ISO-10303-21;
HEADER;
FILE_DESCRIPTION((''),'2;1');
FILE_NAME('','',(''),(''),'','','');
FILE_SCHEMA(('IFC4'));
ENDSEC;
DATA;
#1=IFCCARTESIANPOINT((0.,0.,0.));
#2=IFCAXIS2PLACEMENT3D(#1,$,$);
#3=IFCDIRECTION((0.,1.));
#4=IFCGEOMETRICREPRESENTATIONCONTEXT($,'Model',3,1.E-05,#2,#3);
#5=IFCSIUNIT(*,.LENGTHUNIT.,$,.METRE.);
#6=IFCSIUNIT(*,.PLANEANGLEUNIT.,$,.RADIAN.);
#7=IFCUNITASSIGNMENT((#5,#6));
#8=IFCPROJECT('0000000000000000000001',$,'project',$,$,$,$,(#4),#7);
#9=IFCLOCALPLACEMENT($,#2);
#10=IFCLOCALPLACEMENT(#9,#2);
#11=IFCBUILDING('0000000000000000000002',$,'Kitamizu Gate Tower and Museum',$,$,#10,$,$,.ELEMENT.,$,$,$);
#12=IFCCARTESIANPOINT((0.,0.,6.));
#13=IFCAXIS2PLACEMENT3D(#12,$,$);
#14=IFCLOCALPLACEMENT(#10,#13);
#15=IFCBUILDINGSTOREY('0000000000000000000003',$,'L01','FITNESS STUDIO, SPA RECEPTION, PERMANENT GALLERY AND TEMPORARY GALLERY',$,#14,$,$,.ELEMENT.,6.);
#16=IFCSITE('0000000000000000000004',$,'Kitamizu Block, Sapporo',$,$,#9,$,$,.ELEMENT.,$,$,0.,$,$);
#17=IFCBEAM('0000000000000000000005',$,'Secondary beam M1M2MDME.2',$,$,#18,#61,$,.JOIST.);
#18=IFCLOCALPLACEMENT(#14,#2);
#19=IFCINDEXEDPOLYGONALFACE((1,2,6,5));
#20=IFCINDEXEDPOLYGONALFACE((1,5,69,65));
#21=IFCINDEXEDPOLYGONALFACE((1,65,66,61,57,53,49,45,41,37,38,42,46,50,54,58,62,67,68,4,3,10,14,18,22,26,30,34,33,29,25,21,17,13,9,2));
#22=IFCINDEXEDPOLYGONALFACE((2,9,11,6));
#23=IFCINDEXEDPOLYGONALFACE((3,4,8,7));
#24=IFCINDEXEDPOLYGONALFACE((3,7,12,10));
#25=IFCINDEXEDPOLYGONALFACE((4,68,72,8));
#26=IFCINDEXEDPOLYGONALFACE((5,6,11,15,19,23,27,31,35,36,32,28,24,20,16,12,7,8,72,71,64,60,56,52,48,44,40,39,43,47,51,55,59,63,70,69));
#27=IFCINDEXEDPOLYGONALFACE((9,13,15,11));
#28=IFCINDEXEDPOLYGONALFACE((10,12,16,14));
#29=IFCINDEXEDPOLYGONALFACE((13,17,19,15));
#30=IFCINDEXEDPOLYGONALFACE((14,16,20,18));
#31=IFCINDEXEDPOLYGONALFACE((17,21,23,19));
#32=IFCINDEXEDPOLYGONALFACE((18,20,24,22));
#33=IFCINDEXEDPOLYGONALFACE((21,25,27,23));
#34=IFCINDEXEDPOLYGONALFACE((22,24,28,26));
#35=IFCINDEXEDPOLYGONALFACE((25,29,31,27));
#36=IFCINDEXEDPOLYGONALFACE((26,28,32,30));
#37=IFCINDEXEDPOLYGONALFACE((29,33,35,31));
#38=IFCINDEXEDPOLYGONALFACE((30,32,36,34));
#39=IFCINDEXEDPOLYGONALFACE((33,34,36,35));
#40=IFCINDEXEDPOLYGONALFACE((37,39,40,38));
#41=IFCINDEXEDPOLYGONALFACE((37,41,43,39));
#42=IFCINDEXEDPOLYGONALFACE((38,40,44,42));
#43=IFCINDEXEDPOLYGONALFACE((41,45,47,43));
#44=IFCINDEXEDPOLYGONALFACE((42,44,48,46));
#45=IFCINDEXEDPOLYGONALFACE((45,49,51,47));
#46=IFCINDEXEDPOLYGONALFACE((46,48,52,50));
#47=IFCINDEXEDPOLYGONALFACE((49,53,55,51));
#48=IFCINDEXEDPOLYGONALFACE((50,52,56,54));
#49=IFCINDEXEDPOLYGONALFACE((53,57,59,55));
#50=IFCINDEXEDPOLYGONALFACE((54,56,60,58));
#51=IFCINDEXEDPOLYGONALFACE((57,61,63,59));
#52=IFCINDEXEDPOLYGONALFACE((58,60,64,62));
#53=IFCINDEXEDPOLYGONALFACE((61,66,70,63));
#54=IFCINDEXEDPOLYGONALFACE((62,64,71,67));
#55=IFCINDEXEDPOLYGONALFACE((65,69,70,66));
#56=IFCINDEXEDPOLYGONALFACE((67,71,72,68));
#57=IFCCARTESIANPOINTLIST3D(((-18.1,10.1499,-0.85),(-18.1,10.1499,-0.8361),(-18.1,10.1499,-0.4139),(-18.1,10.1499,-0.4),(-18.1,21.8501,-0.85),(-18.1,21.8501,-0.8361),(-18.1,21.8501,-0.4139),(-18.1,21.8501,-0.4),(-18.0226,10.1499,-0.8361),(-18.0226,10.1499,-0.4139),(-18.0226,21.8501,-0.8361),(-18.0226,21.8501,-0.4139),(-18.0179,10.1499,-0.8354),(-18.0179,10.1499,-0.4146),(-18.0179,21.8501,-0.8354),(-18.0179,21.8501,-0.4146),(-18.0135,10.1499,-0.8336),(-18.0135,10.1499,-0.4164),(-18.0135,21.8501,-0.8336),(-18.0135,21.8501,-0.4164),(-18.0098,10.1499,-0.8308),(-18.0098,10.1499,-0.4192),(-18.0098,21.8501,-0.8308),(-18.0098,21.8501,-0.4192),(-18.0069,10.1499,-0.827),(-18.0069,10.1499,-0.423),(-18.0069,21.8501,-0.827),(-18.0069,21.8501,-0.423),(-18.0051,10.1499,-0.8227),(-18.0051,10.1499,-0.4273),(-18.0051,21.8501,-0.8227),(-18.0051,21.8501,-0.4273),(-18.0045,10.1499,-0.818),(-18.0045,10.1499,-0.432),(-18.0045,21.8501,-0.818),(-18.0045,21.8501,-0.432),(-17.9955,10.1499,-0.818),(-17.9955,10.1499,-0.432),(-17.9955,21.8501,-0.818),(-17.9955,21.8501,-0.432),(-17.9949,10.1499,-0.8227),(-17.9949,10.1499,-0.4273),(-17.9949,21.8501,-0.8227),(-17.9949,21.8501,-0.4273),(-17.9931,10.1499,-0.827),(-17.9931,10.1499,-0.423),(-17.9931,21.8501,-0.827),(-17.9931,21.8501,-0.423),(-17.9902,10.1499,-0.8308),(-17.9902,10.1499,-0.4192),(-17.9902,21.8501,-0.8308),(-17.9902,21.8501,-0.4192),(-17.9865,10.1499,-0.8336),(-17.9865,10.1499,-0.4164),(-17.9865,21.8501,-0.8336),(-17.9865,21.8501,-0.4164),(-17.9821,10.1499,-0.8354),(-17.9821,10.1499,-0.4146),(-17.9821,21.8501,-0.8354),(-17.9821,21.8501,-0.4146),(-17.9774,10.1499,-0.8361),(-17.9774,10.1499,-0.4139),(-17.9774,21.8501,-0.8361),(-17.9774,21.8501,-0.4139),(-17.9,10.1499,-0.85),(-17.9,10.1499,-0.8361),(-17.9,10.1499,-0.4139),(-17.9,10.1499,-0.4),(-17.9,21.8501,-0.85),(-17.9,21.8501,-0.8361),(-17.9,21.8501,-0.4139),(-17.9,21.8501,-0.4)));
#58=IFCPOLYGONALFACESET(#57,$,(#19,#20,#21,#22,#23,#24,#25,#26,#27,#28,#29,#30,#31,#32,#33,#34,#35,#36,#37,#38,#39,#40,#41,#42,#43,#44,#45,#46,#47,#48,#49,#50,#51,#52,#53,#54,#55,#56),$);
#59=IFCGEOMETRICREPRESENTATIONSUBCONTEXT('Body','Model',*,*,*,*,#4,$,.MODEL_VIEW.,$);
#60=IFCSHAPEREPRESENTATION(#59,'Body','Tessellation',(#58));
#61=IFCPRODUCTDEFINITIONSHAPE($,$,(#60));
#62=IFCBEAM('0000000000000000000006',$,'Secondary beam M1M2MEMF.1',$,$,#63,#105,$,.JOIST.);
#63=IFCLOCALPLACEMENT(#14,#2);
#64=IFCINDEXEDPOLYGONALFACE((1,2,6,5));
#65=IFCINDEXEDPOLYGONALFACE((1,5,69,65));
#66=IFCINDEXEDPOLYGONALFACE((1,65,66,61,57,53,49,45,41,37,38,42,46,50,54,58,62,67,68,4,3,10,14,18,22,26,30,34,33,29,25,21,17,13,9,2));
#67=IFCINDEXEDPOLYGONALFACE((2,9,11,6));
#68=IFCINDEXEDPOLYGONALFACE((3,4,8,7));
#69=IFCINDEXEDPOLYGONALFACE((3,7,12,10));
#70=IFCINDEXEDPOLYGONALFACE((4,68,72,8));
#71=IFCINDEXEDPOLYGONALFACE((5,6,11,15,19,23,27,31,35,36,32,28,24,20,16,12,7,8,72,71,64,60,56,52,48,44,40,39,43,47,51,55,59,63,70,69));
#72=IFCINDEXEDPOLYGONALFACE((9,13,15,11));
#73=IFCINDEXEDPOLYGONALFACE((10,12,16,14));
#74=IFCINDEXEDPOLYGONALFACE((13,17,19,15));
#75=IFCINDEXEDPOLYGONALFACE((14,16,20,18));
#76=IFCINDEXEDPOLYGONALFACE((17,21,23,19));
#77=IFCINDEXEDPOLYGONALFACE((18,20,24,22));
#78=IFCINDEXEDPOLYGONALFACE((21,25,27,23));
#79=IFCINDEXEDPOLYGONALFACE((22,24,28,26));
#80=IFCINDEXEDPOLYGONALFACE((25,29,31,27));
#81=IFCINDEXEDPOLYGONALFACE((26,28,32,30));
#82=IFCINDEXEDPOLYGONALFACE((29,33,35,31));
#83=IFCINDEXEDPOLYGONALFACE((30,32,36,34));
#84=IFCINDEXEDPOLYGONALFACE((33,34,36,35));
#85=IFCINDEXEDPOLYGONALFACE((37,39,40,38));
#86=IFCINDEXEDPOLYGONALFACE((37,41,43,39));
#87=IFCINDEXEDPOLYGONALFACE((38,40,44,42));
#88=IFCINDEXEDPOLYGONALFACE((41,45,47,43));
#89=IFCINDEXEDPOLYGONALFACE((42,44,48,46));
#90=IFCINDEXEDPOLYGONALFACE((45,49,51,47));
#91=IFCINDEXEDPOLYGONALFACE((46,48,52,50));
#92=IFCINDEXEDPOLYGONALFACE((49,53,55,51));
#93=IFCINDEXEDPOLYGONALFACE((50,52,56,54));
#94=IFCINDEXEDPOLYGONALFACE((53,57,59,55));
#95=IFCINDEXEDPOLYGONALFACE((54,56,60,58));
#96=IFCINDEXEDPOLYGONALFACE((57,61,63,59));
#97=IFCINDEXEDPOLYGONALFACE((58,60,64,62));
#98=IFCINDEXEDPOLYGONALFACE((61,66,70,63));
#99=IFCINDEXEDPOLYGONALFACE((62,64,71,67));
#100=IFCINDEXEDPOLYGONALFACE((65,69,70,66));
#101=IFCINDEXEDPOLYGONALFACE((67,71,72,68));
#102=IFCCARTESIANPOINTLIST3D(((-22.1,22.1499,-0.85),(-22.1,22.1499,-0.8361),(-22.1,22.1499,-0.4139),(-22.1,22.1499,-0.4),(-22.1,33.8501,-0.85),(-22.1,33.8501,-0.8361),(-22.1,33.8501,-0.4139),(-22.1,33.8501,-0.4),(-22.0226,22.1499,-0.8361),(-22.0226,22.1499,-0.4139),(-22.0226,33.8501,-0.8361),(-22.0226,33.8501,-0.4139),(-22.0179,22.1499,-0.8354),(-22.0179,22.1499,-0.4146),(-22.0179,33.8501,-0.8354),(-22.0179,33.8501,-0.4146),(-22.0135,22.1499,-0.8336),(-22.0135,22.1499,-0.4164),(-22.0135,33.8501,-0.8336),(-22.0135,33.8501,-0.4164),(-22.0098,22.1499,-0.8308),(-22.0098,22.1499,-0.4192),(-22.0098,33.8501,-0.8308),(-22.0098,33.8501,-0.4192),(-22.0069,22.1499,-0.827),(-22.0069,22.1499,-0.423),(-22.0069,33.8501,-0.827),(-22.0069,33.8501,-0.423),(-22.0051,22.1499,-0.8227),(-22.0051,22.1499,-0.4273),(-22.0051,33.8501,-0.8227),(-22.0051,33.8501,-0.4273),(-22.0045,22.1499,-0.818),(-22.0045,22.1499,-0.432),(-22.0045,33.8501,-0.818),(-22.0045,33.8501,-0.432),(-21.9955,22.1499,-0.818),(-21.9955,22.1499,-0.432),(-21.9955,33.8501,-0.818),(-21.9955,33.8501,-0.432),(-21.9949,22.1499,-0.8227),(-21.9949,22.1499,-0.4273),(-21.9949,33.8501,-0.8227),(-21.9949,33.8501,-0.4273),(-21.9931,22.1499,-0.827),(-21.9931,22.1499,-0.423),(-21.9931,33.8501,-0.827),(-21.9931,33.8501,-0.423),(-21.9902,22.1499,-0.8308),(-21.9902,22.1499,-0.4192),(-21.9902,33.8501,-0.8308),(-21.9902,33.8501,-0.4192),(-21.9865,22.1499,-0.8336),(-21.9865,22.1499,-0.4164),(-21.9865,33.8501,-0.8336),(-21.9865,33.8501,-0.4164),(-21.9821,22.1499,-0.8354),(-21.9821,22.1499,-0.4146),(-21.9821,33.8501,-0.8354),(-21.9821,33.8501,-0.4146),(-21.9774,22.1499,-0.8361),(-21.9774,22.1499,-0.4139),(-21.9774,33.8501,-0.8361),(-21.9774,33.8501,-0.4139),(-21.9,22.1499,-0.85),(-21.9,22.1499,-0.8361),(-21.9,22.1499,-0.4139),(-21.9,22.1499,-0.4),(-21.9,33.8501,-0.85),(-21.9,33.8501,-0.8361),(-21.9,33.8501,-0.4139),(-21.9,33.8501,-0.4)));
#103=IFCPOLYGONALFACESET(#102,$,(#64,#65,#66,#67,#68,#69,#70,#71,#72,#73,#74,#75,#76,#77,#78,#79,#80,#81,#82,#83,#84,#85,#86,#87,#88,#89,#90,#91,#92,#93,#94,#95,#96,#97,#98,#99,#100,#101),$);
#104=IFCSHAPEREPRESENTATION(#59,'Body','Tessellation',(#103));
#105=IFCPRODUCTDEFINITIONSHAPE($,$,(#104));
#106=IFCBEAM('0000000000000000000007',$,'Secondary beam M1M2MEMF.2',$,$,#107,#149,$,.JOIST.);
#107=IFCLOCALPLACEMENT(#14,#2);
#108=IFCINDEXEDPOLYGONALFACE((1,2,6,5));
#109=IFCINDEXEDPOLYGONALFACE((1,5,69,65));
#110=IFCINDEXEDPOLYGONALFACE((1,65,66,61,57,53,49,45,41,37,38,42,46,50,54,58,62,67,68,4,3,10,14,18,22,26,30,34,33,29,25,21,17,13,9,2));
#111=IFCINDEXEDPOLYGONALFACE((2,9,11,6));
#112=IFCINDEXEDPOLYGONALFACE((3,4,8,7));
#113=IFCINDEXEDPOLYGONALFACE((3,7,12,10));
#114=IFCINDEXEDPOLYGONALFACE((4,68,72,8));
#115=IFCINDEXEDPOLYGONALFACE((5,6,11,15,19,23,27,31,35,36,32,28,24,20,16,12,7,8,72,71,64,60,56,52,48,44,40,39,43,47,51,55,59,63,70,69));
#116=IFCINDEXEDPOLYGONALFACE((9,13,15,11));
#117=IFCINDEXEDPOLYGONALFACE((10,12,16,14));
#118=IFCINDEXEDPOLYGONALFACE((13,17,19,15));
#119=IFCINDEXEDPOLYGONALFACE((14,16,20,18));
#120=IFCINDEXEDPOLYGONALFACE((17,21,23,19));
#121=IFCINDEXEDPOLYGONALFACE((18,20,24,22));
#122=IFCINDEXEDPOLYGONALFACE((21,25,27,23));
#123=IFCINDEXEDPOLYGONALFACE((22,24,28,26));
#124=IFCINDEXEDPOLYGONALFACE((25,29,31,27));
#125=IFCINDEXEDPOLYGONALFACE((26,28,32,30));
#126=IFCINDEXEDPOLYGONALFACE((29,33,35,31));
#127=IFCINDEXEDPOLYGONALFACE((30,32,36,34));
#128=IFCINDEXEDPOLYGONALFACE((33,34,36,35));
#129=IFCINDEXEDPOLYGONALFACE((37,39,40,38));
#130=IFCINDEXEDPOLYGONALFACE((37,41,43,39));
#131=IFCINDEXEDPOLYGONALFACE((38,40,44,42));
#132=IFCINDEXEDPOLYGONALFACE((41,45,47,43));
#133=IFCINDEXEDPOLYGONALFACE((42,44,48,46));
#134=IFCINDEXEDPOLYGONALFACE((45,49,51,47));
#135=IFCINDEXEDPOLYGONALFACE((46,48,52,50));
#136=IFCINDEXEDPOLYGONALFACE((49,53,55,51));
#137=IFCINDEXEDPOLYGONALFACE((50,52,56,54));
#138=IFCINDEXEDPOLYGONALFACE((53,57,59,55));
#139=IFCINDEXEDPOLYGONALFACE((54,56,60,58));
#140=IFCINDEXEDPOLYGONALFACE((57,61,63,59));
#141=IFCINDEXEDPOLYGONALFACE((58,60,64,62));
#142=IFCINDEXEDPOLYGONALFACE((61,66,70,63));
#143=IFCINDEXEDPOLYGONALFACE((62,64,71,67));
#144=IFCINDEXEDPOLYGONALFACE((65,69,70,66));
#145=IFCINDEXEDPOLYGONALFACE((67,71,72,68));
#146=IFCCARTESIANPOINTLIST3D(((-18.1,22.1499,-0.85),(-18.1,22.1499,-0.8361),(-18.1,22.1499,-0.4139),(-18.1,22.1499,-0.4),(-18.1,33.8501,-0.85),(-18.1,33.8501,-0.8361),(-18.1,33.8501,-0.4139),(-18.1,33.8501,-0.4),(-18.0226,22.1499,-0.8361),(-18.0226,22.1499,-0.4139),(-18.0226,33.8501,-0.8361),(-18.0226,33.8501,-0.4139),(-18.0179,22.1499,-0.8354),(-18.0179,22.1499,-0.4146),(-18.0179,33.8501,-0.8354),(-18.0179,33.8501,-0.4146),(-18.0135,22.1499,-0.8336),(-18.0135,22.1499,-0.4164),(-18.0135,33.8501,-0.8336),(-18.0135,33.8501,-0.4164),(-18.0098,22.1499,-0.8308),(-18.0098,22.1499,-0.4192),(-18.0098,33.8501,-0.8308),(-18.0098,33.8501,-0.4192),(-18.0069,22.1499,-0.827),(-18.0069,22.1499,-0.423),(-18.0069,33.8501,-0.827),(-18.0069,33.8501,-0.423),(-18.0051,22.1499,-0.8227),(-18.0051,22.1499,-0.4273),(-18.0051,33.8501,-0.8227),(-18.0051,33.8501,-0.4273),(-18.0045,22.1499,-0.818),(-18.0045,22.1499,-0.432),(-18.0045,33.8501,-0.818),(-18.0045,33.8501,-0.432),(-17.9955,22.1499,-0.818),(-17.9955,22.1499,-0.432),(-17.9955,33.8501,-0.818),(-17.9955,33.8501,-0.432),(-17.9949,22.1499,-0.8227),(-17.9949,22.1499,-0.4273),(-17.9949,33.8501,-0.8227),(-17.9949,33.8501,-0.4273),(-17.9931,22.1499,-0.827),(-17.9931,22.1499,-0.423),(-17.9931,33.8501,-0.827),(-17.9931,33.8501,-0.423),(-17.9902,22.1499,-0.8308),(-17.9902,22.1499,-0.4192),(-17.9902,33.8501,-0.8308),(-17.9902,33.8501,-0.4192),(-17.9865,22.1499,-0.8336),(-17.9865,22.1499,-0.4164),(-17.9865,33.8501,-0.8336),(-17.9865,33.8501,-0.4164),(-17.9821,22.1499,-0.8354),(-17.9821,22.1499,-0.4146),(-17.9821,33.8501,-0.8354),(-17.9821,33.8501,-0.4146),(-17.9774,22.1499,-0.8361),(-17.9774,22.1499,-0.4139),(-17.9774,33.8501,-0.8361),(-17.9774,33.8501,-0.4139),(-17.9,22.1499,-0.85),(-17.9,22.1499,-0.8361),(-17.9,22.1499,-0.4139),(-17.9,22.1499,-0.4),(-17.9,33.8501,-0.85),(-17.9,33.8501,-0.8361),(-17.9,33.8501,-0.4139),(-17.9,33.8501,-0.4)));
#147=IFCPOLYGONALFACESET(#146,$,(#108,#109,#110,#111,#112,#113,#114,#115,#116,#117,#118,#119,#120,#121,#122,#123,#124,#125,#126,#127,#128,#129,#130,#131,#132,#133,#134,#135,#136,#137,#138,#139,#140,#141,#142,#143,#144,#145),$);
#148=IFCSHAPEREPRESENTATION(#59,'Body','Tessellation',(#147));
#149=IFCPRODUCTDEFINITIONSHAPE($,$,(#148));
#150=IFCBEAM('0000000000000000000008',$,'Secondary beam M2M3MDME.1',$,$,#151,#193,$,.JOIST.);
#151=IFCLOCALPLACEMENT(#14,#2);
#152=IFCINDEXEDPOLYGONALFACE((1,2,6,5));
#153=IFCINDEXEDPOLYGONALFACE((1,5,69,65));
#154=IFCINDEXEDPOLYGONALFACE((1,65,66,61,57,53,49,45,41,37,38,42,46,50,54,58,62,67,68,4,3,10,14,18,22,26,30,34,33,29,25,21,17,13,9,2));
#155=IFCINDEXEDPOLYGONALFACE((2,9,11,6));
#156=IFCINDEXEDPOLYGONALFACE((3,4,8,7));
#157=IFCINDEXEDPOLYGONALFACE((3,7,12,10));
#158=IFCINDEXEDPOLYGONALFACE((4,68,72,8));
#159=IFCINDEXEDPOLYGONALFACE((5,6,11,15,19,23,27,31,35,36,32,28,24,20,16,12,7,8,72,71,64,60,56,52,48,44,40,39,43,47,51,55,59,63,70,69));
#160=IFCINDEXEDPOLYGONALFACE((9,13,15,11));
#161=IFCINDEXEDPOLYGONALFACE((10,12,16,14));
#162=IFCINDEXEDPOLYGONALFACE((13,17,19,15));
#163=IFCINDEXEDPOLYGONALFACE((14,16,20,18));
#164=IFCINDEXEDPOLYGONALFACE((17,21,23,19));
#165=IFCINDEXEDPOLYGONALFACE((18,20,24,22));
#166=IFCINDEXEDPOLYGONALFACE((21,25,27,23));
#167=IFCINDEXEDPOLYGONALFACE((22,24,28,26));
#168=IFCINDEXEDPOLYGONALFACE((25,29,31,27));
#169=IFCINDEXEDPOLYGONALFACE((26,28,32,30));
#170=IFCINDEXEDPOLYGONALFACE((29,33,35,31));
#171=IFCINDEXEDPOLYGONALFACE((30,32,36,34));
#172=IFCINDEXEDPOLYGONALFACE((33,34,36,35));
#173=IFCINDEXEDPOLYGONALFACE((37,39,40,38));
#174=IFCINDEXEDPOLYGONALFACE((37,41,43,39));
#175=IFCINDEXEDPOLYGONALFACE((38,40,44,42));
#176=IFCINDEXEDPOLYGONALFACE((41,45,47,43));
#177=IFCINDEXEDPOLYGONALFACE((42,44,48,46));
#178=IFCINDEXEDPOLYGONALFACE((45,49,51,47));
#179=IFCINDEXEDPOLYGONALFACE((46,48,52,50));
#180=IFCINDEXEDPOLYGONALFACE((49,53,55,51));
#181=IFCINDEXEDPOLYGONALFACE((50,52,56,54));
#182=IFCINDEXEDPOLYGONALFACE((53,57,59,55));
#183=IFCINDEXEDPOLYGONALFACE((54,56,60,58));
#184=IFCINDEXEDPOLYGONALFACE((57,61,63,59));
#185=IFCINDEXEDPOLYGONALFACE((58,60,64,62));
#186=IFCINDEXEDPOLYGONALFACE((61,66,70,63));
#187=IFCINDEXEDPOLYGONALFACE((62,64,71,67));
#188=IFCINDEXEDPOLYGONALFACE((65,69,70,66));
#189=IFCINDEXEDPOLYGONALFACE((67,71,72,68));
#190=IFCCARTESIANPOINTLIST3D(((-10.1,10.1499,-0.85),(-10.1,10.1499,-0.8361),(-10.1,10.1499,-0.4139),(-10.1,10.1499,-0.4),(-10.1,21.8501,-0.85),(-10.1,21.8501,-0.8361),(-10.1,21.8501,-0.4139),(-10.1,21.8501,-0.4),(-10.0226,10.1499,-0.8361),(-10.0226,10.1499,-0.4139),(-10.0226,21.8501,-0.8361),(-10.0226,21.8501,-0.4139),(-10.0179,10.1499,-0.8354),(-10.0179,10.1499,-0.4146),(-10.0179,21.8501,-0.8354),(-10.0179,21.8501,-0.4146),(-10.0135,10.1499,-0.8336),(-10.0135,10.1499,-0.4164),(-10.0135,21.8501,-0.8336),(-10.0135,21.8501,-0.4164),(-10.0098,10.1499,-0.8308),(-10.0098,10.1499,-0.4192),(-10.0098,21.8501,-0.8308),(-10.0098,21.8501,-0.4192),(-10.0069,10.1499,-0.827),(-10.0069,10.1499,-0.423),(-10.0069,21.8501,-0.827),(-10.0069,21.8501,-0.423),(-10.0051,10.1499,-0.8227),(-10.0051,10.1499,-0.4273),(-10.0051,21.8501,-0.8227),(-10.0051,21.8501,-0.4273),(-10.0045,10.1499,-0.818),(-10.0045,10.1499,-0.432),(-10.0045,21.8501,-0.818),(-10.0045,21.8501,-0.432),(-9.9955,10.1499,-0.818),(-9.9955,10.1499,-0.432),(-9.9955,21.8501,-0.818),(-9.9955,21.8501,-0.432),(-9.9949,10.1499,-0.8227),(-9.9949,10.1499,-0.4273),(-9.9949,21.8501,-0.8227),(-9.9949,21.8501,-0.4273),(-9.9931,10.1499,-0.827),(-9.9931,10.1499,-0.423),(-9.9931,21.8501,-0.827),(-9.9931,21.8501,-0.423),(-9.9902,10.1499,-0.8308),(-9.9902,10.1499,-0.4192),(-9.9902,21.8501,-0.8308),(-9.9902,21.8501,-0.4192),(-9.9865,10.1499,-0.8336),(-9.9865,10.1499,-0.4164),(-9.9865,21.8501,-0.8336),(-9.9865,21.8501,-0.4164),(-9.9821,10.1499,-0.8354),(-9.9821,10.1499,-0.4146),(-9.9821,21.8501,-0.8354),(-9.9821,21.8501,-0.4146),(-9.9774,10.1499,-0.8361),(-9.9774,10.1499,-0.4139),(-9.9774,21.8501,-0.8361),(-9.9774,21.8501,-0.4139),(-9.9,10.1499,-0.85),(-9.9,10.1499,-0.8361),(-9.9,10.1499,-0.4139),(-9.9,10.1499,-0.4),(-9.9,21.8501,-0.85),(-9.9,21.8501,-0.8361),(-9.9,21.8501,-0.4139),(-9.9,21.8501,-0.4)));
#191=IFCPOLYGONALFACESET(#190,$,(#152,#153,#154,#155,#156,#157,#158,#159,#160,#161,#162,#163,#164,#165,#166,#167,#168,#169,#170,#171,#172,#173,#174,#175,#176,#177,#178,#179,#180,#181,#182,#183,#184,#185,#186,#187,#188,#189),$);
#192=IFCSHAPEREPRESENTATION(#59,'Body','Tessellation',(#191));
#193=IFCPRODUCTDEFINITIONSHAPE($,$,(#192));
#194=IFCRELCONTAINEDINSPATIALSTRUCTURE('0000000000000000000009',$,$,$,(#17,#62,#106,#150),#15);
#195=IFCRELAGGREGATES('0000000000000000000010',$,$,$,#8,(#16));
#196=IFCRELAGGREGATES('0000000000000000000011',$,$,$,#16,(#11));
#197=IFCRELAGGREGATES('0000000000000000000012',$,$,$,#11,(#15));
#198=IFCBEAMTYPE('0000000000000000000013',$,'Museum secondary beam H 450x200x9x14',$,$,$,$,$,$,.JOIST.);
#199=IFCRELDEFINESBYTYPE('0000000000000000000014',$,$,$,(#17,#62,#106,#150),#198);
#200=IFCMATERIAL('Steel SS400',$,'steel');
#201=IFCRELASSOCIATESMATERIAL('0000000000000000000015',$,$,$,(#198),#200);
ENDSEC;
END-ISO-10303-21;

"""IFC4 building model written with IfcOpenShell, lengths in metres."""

from ifc_helpers import new_model, si_unit, direction, frame, origin, origin_2d, place, context, subcontext, project, spatial, i_section, extrude, material, material_profile, profile_set, type_object, element, save


model = new_model("IFC4")

# Units and contexts
model_context = context("Model", 3, precision=1e-05, world=origin(), true_north=direction((0.0, 1.0)))
body_context = subcontext(model_context, "Body", "Model", "MODEL_VIEW")
ifc_project = project(units=[si_unit("LENGTHUNIT", "METRE"), si_unit("PLANEANGLEUNIT", "RADIAN")], contexts=[model_context])

# Site, building, storey
site_placement = place(None, origin())
site = spatial("IfcSite", under=ifc_project, at=site_placement, Name="Kitamizu Block, Sapporo", CompositionType="ELEMENT", RefElevation=0.0)
building_placement = place(site_placement, origin())
building = spatial("IfcBuilding", under=site, at=building_placement, Name="Kitamizu Gate Tower and Museum", CompositionType="ELEMENT")
storey_placement = place(building_placement, frame((0.0, 0.0, 6.0)))
storey = spatial("IfcBuildingStorey", under=building, at=storey_placement, Name="L01", Description="FITNESS STUDIO, SPA RECEPTION, PERMANENT GALLERY AND TEMPORARY GALLERY", CompositionType="ELEMENT", Elevation=6.0)

# Beams
ifc_material_1 = material(Name="Steel SS400", Category="steel")
ifc_material_profile_1 = material_profile(ifc_material_1, i_section(OverallWidth=0.2, OverallDepth=0.45, WebThickness=0.009, FlangeThickness=0.0139, FilletRadius=0.0181, at=origin_2d()), Name="H-450x200x9x14")
ifc_profile_set_1 = profile_set([ifc_material_profile_1], Name="Steel SS400")
beam_type_1 = type_object("IfcBeamType", Name="Museum secondary beam H 450x200x9x14", PredefinedType="JOIST", material=ifc_profile_set_1)
for number, where, z_axis, x_axis, name in (
    (1, (-18.0, 10.1499, -0.625), (0.0, 1.0, 0.0), (-1.0, 0.0, 0.0), "Secondary beam M1M2MDME.2"),
    (2, (-22.0, 22.1499, -0.625), (0.0, 1.0, 0.0), (-1.0, 0.0, 0.0), "Secondary beam M1M2MEMF.1"),
    (3, (-18.0, 22.1499, -0.625), (0.0, 1.0, 0.0), (-1.0, 0.0, 0.0), "Secondary beam M1M2MEMF.2"),
    (4, (-10.0, 10.1499, -0.625), (0.0, 1.0, 0.0), (-1.0, 0.0, 0.0), "Secondary beam M2M3MDME.1"),
):
    element("IfcBeam", number, at=place(storey_placement, frame(where, z_axis=z_axis, x_axis=x_axis)), inside=storey, type_object=beam_type_1, Name=name, PredefinedType="JOIST", context=body_context, shape_type="SweptSolid", body=[
        extrude(i_section(OverallWidth=0.2, OverallDepth=0.45, WebThickness=0.009, FlangeThickness=0.0139, FilletRadius=0.0181, at=origin_2d()), origin(), (0.0, 0.0, 1.0), 11.7002),
    ])

save(model, "model.ifc")
